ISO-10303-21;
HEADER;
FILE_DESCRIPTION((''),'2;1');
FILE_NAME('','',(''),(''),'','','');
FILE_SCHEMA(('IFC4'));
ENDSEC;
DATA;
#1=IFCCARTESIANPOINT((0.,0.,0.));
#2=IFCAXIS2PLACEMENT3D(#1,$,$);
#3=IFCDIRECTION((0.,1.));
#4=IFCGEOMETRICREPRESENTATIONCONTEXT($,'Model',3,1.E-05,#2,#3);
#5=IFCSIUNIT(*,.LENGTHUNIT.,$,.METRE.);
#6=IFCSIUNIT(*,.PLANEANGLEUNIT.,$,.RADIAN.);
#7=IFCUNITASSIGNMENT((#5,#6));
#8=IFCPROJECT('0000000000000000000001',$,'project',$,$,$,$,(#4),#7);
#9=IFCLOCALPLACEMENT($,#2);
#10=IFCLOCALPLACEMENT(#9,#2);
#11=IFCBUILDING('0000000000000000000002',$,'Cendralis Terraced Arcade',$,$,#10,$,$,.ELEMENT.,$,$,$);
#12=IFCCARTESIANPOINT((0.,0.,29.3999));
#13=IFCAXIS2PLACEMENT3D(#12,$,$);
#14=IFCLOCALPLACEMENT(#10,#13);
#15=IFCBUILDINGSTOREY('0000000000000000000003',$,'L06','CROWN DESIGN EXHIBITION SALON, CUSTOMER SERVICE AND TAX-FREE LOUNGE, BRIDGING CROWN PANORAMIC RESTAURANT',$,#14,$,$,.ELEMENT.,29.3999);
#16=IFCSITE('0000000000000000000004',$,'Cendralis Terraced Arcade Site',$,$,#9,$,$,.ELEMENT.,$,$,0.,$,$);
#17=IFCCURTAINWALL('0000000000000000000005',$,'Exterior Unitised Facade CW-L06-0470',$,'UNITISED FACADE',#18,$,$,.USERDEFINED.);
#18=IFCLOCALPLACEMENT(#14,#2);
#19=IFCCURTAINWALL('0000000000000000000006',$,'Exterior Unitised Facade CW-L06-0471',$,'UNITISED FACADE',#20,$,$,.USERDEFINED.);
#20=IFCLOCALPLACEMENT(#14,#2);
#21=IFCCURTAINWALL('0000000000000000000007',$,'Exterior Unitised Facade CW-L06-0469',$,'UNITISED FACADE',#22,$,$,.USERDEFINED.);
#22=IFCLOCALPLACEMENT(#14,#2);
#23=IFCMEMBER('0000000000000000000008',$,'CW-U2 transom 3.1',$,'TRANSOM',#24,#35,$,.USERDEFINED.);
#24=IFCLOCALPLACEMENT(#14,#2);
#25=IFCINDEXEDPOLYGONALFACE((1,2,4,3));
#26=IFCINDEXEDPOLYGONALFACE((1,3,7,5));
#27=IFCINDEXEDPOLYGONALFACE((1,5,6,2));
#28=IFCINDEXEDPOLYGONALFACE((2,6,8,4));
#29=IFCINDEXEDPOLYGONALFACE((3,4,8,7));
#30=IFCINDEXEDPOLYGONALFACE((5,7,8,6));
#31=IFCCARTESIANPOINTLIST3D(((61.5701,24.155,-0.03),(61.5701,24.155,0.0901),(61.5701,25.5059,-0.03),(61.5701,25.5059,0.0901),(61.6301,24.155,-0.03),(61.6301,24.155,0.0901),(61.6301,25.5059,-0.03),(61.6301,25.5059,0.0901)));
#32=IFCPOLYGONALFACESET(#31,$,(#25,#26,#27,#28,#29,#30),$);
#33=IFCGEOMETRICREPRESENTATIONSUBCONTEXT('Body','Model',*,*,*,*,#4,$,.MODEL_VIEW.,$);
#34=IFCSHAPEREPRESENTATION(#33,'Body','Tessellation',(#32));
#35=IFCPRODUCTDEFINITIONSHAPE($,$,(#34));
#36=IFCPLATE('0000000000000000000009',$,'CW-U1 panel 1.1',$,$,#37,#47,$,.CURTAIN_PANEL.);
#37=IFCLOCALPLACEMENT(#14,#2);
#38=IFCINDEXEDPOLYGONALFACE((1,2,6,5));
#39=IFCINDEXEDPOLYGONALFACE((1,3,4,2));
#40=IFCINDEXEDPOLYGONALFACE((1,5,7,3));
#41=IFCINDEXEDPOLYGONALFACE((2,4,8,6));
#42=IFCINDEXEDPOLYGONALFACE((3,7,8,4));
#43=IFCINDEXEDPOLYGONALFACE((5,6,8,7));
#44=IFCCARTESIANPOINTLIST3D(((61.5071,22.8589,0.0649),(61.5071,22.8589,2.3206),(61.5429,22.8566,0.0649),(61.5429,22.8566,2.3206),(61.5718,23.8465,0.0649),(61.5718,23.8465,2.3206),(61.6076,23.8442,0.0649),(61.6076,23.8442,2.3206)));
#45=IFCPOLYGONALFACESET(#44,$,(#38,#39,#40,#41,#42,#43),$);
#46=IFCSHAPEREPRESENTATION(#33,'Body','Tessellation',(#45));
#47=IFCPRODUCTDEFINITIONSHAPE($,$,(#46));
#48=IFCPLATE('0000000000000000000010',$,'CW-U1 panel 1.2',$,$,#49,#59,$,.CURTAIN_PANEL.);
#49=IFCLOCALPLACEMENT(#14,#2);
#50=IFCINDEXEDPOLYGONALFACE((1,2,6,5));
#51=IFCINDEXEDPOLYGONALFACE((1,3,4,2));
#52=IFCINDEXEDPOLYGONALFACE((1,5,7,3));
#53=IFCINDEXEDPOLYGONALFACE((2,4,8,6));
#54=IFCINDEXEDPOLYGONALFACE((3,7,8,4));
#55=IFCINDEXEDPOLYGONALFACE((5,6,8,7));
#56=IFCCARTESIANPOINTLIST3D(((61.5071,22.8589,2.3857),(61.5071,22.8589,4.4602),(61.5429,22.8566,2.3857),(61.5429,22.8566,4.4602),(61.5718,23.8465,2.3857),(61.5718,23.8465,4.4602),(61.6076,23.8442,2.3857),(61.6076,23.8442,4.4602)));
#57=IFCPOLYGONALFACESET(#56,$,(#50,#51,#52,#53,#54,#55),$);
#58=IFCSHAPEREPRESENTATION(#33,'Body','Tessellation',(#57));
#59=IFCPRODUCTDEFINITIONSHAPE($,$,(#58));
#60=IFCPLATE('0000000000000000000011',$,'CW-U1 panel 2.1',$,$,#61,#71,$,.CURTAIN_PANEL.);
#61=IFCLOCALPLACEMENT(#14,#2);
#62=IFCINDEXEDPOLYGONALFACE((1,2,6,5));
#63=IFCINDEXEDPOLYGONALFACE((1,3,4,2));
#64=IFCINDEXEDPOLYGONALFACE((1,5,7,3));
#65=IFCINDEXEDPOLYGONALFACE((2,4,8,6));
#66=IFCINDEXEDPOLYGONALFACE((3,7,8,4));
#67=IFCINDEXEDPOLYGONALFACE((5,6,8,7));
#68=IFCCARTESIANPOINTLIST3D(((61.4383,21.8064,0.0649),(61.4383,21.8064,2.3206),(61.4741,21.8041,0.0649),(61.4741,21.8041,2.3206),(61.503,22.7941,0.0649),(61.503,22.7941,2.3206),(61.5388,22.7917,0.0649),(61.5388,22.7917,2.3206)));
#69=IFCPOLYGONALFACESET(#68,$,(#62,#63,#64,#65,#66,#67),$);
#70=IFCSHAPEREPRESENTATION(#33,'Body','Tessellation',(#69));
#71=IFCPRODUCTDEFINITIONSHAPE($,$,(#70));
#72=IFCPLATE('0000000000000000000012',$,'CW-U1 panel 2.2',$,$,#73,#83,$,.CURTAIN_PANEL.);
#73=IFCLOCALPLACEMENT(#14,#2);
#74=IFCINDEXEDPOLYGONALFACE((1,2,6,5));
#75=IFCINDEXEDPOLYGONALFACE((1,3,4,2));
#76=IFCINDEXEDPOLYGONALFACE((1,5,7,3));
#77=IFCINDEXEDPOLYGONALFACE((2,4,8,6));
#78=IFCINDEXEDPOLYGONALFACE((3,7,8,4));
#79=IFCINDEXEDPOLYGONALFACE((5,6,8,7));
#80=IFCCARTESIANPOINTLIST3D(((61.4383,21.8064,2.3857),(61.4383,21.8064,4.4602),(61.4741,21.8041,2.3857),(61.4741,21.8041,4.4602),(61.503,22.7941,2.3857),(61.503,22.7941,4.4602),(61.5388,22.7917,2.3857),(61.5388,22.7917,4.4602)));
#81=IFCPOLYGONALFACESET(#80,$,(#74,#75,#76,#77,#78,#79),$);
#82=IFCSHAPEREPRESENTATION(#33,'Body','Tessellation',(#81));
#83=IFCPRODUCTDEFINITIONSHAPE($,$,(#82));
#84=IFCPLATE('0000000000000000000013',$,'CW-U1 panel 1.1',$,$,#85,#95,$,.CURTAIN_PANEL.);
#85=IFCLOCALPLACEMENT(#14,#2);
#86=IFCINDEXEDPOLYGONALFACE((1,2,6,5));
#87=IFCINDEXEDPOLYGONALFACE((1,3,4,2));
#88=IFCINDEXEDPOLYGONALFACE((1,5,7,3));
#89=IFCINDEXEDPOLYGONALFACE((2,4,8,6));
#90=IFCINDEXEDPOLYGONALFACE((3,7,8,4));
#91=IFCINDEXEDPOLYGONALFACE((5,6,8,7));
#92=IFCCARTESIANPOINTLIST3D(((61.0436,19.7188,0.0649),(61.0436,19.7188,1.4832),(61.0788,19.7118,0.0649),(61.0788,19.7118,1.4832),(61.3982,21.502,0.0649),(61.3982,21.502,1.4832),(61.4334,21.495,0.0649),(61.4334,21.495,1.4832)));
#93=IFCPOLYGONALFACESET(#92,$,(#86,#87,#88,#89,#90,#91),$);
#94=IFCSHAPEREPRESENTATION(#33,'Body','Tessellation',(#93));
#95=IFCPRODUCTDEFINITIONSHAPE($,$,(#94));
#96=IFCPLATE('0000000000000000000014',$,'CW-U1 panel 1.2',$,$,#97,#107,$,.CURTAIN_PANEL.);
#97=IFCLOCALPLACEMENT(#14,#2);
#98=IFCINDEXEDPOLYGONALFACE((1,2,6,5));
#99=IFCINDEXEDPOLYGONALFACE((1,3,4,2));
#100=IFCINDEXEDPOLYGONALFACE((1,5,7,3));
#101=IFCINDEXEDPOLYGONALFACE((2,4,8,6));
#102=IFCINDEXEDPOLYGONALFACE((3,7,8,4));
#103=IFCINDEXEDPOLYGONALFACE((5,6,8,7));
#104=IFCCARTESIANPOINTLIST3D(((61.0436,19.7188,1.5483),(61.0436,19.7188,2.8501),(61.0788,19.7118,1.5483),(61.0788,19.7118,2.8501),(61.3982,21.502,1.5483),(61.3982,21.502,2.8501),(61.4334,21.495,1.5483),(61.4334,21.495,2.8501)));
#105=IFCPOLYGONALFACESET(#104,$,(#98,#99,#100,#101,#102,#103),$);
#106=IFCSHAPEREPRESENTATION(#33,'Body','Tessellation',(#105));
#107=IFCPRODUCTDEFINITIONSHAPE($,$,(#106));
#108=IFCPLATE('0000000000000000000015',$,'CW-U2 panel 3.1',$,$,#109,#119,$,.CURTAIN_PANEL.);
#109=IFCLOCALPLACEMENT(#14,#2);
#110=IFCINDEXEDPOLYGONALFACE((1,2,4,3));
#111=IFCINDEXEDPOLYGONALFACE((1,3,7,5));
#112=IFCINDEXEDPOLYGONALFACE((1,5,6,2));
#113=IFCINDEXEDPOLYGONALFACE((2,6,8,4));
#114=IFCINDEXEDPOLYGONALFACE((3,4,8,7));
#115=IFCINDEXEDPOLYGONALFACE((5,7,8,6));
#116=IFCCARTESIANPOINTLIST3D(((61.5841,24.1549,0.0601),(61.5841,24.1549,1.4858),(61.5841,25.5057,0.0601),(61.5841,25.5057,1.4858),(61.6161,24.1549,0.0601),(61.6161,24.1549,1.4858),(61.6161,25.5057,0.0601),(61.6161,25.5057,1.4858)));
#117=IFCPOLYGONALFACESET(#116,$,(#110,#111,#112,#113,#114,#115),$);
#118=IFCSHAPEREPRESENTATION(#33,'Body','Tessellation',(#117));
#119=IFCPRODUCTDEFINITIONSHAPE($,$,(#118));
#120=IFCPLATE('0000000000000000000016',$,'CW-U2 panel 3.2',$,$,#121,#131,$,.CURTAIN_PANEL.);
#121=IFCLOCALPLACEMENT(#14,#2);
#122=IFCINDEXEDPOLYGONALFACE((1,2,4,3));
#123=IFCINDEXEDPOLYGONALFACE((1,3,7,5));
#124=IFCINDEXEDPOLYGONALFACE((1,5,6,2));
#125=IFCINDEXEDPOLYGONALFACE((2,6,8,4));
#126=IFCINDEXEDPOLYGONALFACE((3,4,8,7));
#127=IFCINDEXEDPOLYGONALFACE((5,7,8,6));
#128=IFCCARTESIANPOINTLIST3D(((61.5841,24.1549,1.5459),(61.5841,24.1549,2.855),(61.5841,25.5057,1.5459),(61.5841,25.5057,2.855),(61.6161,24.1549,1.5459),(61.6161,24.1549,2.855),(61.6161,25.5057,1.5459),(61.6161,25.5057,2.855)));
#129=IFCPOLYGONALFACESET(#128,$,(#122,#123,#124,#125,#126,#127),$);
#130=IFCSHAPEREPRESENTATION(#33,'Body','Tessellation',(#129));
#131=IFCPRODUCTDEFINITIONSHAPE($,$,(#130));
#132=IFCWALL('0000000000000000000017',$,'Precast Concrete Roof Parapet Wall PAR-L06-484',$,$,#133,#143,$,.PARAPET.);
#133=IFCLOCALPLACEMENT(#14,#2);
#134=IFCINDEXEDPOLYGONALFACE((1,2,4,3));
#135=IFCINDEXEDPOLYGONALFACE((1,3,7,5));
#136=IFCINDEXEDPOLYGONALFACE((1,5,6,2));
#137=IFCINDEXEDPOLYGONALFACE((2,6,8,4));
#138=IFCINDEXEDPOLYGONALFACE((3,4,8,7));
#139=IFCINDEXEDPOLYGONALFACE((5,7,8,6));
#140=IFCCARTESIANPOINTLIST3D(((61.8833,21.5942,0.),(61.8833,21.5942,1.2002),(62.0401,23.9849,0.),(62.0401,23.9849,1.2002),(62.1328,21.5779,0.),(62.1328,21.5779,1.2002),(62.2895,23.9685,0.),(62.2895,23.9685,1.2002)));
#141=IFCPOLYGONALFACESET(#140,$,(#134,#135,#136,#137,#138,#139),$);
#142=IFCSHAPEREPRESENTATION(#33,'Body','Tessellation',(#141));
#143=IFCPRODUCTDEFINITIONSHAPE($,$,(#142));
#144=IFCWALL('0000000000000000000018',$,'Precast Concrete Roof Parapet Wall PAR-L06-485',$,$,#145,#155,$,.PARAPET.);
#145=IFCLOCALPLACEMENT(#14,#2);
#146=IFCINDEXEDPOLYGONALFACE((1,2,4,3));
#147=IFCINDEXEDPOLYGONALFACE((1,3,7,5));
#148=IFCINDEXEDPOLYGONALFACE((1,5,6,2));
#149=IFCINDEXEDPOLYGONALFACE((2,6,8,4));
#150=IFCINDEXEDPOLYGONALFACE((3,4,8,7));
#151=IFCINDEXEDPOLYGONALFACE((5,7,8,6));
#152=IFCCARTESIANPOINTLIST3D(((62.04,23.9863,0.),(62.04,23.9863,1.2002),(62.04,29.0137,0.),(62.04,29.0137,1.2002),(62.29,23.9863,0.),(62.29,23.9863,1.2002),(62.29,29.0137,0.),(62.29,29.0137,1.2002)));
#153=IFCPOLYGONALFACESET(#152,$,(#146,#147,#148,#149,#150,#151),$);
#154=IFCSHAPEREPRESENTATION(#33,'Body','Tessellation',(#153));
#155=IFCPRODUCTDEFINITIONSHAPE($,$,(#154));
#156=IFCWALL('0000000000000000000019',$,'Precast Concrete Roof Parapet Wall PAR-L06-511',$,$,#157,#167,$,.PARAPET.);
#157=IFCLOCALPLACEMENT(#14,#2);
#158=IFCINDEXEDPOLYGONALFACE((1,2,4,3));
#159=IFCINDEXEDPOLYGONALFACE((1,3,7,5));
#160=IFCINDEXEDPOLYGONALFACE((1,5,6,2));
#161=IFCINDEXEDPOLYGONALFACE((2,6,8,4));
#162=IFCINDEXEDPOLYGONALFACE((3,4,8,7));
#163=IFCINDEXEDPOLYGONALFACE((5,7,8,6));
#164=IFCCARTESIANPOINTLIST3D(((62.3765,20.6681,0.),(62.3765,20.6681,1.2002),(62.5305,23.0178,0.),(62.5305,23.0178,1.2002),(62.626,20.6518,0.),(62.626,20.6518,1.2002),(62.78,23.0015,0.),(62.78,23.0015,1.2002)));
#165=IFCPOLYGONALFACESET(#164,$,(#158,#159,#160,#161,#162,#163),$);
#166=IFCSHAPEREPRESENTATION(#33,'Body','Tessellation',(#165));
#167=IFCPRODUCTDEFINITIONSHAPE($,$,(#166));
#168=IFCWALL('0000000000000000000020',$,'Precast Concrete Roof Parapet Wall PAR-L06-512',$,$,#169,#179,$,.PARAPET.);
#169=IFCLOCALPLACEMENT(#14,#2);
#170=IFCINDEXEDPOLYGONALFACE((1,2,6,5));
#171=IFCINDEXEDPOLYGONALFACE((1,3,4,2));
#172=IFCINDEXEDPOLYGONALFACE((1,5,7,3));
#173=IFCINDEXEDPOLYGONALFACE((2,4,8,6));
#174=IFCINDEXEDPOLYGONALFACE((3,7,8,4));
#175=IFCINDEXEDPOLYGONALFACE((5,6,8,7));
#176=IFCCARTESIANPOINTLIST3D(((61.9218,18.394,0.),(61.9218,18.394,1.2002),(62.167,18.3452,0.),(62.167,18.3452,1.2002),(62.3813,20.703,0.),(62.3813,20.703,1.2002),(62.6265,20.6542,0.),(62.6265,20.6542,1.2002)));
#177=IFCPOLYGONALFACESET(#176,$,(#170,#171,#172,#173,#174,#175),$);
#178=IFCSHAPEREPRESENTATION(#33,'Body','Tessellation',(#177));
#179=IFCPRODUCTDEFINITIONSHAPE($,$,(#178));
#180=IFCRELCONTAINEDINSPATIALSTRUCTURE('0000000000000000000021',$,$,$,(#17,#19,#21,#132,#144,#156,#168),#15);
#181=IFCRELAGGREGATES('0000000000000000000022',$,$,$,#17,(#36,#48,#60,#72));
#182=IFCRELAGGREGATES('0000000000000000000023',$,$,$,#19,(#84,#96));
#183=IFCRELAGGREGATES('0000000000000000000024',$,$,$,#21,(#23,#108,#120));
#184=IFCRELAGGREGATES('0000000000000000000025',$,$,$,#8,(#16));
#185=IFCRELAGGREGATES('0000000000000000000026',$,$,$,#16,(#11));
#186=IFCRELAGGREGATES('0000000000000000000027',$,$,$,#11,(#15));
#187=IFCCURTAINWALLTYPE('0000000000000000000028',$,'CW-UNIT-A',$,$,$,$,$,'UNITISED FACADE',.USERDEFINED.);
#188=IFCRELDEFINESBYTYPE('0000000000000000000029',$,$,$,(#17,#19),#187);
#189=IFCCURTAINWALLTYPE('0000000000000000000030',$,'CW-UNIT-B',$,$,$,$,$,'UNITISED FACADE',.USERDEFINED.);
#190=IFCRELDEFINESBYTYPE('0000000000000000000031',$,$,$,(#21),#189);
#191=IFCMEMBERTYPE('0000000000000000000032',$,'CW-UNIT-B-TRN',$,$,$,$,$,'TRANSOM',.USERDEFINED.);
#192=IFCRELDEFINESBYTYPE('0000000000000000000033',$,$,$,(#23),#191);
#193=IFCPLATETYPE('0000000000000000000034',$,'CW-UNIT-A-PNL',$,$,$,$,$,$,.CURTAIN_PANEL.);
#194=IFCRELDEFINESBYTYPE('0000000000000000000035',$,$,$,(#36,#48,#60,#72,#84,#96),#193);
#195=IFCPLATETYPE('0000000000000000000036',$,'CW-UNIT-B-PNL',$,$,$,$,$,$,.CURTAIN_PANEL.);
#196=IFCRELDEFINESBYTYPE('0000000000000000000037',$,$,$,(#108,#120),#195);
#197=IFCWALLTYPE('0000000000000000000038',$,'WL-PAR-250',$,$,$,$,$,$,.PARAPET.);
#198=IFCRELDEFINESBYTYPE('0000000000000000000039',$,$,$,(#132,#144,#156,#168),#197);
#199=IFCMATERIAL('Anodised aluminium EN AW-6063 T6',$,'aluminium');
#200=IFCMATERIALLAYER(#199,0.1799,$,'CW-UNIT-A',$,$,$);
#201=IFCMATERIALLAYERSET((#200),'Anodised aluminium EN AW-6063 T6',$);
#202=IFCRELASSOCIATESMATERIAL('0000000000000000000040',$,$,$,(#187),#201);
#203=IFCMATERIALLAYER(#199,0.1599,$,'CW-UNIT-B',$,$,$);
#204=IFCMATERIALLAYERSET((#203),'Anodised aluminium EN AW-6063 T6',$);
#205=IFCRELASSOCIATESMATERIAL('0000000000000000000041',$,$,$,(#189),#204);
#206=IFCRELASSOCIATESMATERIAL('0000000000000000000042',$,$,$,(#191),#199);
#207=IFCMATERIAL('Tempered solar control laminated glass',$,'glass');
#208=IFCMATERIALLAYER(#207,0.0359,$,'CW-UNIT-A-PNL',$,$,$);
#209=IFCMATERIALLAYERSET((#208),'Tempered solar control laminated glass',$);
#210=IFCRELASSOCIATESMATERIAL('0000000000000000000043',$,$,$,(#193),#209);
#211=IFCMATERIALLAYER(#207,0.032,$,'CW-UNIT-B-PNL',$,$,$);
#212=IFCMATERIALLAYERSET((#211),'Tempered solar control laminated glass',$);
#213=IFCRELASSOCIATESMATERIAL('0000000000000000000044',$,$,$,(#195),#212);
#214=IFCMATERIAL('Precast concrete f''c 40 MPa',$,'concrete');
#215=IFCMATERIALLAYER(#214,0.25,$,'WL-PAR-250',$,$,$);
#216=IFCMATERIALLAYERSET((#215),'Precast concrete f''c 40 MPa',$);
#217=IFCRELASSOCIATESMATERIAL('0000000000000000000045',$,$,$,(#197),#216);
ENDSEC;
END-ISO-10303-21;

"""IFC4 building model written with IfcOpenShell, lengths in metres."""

from ifc_helpers import new_model, si_unit, direction, frame, frame_2d, origin, origin_2d, place, context, subcontext, project, spatial, rectangle, extrude, material, layer, layer_set, material_profile, profile_set, type_object, element, aggregate, save


model = new_model("IFC4")

# Units and contexts
model_context = context("Model", 3, precision=1e-05, world=origin(), true_north=direction((0.0, 1.0)))
body_context = subcontext(model_context, "Body", "Model", "MODEL_VIEW")
ifc_project = project(units=[si_unit("LENGTHUNIT", "METRE"), si_unit("PLANEANGLEUNIT", "RADIAN")], contexts=[model_context])

# Site, building, storey
site_placement = place(None, origin())
site = spatial("IfcSite", under=ifc_project, at=site_placement, Name="Cendralis Terraced Arcade Site", CompositionType="ELEMENT", RefElevation=0.0)
building_placement = place(site_placement, origin())
building = spatial("IfcBuilding", under=site, at=building_placement, Name="Cendralis Terraced Arcade", CompositionType="ELEMENT")
storey_placement = place(building_placement, frame((0.0, 0.0, 29.3999)))
storey = spatial("IfcBuildingStorey", under=building, at=storey_placement, Name="L06", Description="CROWN DESIGN EXHIBITION SALON, CUSTOMER SERVICE AND TAX-FREE LOUNGE, BRIDGING CROWN PANORAMIC RESTAURANT", CompositionType="ELEMENT", Elevation=29.3999)

# Curtain wall
ifc_material_1 = material(Name="Anodised aluminium EN AW-6063 T6", Category="aluminium")
ifc_layer_1 = layer(ifc_material_1, 0.1799, Name="CW-UNIT-A")
ifc_layer_set_1 = layer_set([ifc_layer_1], Name="Anodised aluminium EN AW-6063 T6")
curtain_wall_type_1 = type_object("IfcCurtainWallType", Name="CW-UNIT-A", ElementType="UNITISED FACADE", PredefinedType="USERDEFINED", material=ifc_layer_set_1)
curtain_wall_1_placement = place(storey_placement, origin())
curtain_wall_1 = element("IfcCurtainWall", 1, at=curtain_wall_1_placement, inside=storey, type_object=curtain_wall_type_1, Name="Exterior Unitised Facade CW-L06-0470", ObjectType="UNITISED FACADE", PredefinedType="USERDEFINED")

# Curtain wall
curtain_wall_2_placement = place(storey_placement, origin())
curtain_wall_2 = element("IfcCurtainWall", 2, at=curtain_wall_2_placement, inside=storey, type_object=curtain_wall_type_1, Name="Exterior Unitised Facade CW-L06-0471", ObjectType="UNITISED FACADE", PredefinedType="USERDEFINED")

# Curtain wall, member
ifc_layer_2 = layer(ifc_material_1, 0.1599, Name="CW-UNIT-B")
ifc_layer_set_2 = layer_set([ifc_layer_2], Name="Anodised aluminium EN AW-6063 T6")
curtain_wall_type_2 = type_object("IfcCurtainWallType", Name="CW-UNIT-B", ElementType="UNITISED FACADE", PredefinedType="USERDEFINED", material=ifc_layer_set_2)
curtain_wall_3_placement = place(storey_placement, origin())
curtain_wall_3 = element("IfcCurtainWall", 3, at=curtain_wall_3_placement, inside=storey, type_object=curtain_wall_type_2, Name="Exterior Unitised Facade CW-L06-0469", ObjectType="UNITISED FACADE", PredefinedType="USERDEFINED")
ifc_material_profile_1 = material_profile(ifc_material_1, rectangle(XDim=0.0601, YDim=0.1201, at=origin_2d()), Name="ALU-TRN-60x120")
ifc_profile_set_1 = profile_set([ifc_material_profile_1], Name="Anodised aluminium EN AW-6063 T6")
member_type_1 = type_object("IfcMemberType", Name="CW-UNIT-B-TRN", ElementType="TRANSOM", PredefinedType="USERDEFINED", material=ifc_profile_set_1)
member_1_placement = place(storey_placement, frame((61.6001, 25.5059, 0.03), z_axis=(0.0, -1.0, 0.0), x_axis=(1.0, 0.0, 0.0)))
member_1 = element("IfcMember", 4, at=member_1_placement, type_object=member_type_1, Name="CW-U2 transom 3.1", ObjectType="TRANSOM", PredefinedType="USERDEFINED", context=body_context, shape_type="SweptSolid", body=[
    extrude(rectangle(XDim=0.0601, YDim=0.1201, at=origin_2d()), origin(), (0.0, 0.0, 1.0), 1.3508),
])

# Plates
ifc_material_2 = material(Name="Tempered solar control laminated glass", Category="glass")
ifc_layer_3 = layer(ifc_material_2, 0.0359, Name="CW-UNIT-A-PNL")
ifc_layer_set_3 = layer_set([ifc_layer_3], Name="Tempered solar control laminated glass")
plate_type_1 = type_object("IfcPlateType", Name="CW-UNIT-A-PNL", PredefinedType="CURTAIN_PANEL", material=ifc_layer_set_3)
plate_1_placement = place(storey_placement, frame((61.5574, 23.3516, 0.0649), z_axis=(0.0, 0.0, 1.0), x_axis=(-0.065393, -0.99786, 0.0)))
plate_1 = element("IfcPlate", 5, at=plate_1_placement, type_object=plate_type_1, Name="CW-U1 panel 1.1", PredefinedType="CURTAIN_PANEL", context=body_context, shape_type="SweptSolid", body=[
    extrude(rectangle(XDim=0.9897, YDim=0.0359, at=origin_2d()), origin(), (0.0, 0.0, 1.0), 2.2556),
])
plate_2_placement = place(storey_placement, frame((61.5574, 23.3516, 2.3857), z_axis=(0.0, 0.0, 1.0), x_axis=(-0.065393, -0.99786, 0.0)))
plate_2 = element("IfcPlate", 6, at=plate_2_placement, type_object=plate_type_1, Name="CW-U1 panel 1.2", PredefinedType="CURTAIN_PANEL", context=body_context, shape_type="SweptSolid", body=[
    extrude(rectangle(XDim=0.9897, YDim=0.0359, at=origin_2d()), origin(), (0.0, 0.0, 1.0), 2.0745),
])
plate_3_placement = place(storey_placement, frame((61.4885, 22.2991, 0.0649), z_axis=(0.0, 0.0, 1.0), x_axis=(-0.065393, -0.99786, 0.0)))
plate_3 = element("IfcPlate", 7, at=plate_3_placement, type_object=plate_type_1, Name="CW-U1 panel 2.1", PredefinedType="CURTAIN_PANEL", context=body_context, shape_type="SweptSolid", body=[
    extrude(rectangle(XDim=0.9897, YDim=0.0359, at=origin_2d()), origin(), (0.0, 0.0, 1.0), 2.2556),
])
plate_4_placement = place(storey_placement, frame((61.4885, 22.2991, 2.3857), z_axis=(0.0, 0.0, 1.0), x_axis=(-0.065393, -0.99786, 0.0)))
plate_4 = element("IfcPlate", 8, at=plate_4_placement, type_object=plate_type_1, Name="CW-U1 panel 2.2", PredefinedType="CURTAIN_PANEL", context=body_context, shape_type="SweptSolid", body=[
    extrude(rectangle(XDim=0.9897, YDim=0.0359, at=origin_2d()), origin(), (0.0, 0.0, 1.0), 2.0745),
])
aggregate(curtain_wall_1, [plate_1, plate_2, plate_3, plate_4])
plate_5_placement = place(storey_placement, frame((61.2385, 20.6069, 0.0649), z_axis=(0.0, 0.0, 1.0), x_axis=(-0.19502, -0.980799, 0.0)))
plate_5 = element("IfcPlate", 9, at=plate_5_placement, type_object=plate_type_1, Name="CW-U1 panel 1.1", PredefinedType="CURTAIN_PANEL", context=body_context, shape_type="SweptSolid", body=[
    extrude(rectangle(XDim=1.8181, YDim=0.0359, at=origin_2d()), origin(), (0.0, 0.0, 1.0), 1.4182),
])
plate_6_placement = place(storey_placement, frame((61.2385, 20.6069, 1.5483), z_axis=(0.0, 0.0, 1.0), x_axis=(-0.19502, -0.980799, 0.0)))
plate_6 = element("IfcPlate", 10, at=plate_6_placement, type_object=plate_type_1, Name="CW-U1 panel 1.2", PredefinedType="CURTAIN_PANEL", context=body_context, shape_type="SweptSolid", body=[
    extrude(rectangle(XDim=1.8181, YDim=0.0359, at=origin_2d()), origin(), (0.0, 0.0, 1.0), 1.3018),
])
aggregate(curtain_wall_2, [plate_5, plate_6])
ifc_layer_4 = layer(ifc_material_2, 0.032, Name="CW-UNIT-B-PNL")
ifc_layer_set_4 = layer_set([ifc_layer_4], Name="Tempered solar control laminated glass")
plate_type_2 = type_object("IfcPlateType", Name="CW-UNIT-B-PNL", PredefinedType="CURTAIN_PANEL", material=ifc_layer_set_4)
plate_7_placement = place(storey_placement, frame((61.6001, 24.8303, 0.0601), z_axis=(0.0, 0.0, 1.0), x_axis=(0.0, -1.0, 0.0)))
plate_7 = element("IfcPlate", 11, at=plate_7_placement, type_object=plate_type_2, Name="CW-U2 panel 3.1", PredefinedType="CURTAIN_PANEL", context=body_context, shape_type="SweptSolid", body=[
    extrude(rectangle(XDim=1.3508, YDim=0.032, at=origin_2d()), origin(), (0.0, 0.0, 1.0), 1.4258),
])
plate_8_placement = place(storey_placement, frame((61.6001, 24.8303, 1.5459), z_axis=(0.0, 0.0, 1.0), x_axis=(0.0, -1.0, 0.0)))
plate_8 = element("IfcPlate", 12, at=plate_8_placement, type_object=plate_type_2, Name="CW-U2 panel 3.2", PredefinedType="CURTAIN_PANEL", context=body_context, shape_type="SweptSolid", body=[
    extrude(rectangle(XDim=1.3508, YDim=0.032, at=origin_2d()), origin(), (0.0, 0.0, 1.0), 1.3091),
])
aggregate(curtain_wall_3, [member_1, plate_7, plate_8])

# Walls
ifc_material_3 = material(Name="Precast concrete f'c 40 MPa", Category="concrete")
ifc_layer_5 = layer(ifc_material_3, 0.25, Name="WL-PAR-250")
ifc_layer_set_5 = layer_set([ifc_layer_5], Name="Precast concrete f'c 40 MPa")
wall_type = type_object("IfcWallType", Name="WL-PAR-250", PredefinedType="PARAPET", material=ifc_layer_set_5)
wall_1_placement = place(storey_placement, frame((62.0081, 21.5862, 0.0), z_axis=(0.0, 0.0, 1.0), x_axis=(0.065423, 0.997858, 0.0)))
element("IfcWall", 13, at=wall_1_placement, inside=storey, type_object=wall_type, Name="Precast Concrete Roof Parapet Wall PAR-L06-484", PredefinedType="PARAPET", context=body_context, shape_type="SweptSolid", body=[
    extrude(rectangle(XDim=2.3958, YDim=0.25, at=frame_2d((1.1978, 0.0))), origin(), (0.0, 0.0, 1.0), 1.2002),
])
wall_2_placement = place(storey_placement, frame((62.165, 23.9863, 0.0), z_axis=(0.0, 0.0, 1.0), x_axis=(0.0, 1.0, 0.0)))
element("IfcWall", 14, at=wall_2_placement, inside=storey, type_object=wall_type, Name="Precast Concrete Roof Parapet Wall PAR-L06-485", PredefinedType="PARAPET", context=body_context, shape_type="SweptSolid", body=[
    extrude(rectangle(XDim=5.0273, YDim=0.25, at=frame_2d((2.5137, 0.0))), origin(), (0.0, 0.0, 1.0), 1.2002),
])
wall_3_placement = place(storey_placement, frame((62.6553, 23.0095, 0.0), z_axis=(0.0, 0.0, 1.0), x_axis=(-0.065425, -0.997858, 0.0)))
element("IfcWall", 15, at=wall_3_placement, inside=storey, type_object=wall_type, Name="Precast Concrete Roof Parapet Wall PAR-L06-511", PredefinedType="PARAPET", context=body_context, shape_type="SweptSolid", body=[
    extrude(rectangle(XDim=2.3547, YDim=0.25, at=frame_2d((1.1772, 0.0))), origin(), (0.0, 0.0, 1.0), 1.2002),
])
wall_4_placement = place(storey_placement, frame((62.5039, 20.6787, 0.0), z_axis=(0.0, 0.0, 1.0), x_axis=(-0.195159, -0.980772, 0.0)))
element("IfcWall", 16, at=wall_4_placement, inside=storey, type_object=wall_type, Name="Precast Concrete Roof Parapet Wall PAR-L06-512", PredefinedType="PARAPET", context=body_context, shape_type="SweptSolid", body=[
    extrude(rectangle(XDim=2.3542, YDim=0.25, at=frame_2d((1.1772, 0.0))), origin(), (0.0, 0.0, 1.0), 1.2002),
])

save(model, "model.ifc")
